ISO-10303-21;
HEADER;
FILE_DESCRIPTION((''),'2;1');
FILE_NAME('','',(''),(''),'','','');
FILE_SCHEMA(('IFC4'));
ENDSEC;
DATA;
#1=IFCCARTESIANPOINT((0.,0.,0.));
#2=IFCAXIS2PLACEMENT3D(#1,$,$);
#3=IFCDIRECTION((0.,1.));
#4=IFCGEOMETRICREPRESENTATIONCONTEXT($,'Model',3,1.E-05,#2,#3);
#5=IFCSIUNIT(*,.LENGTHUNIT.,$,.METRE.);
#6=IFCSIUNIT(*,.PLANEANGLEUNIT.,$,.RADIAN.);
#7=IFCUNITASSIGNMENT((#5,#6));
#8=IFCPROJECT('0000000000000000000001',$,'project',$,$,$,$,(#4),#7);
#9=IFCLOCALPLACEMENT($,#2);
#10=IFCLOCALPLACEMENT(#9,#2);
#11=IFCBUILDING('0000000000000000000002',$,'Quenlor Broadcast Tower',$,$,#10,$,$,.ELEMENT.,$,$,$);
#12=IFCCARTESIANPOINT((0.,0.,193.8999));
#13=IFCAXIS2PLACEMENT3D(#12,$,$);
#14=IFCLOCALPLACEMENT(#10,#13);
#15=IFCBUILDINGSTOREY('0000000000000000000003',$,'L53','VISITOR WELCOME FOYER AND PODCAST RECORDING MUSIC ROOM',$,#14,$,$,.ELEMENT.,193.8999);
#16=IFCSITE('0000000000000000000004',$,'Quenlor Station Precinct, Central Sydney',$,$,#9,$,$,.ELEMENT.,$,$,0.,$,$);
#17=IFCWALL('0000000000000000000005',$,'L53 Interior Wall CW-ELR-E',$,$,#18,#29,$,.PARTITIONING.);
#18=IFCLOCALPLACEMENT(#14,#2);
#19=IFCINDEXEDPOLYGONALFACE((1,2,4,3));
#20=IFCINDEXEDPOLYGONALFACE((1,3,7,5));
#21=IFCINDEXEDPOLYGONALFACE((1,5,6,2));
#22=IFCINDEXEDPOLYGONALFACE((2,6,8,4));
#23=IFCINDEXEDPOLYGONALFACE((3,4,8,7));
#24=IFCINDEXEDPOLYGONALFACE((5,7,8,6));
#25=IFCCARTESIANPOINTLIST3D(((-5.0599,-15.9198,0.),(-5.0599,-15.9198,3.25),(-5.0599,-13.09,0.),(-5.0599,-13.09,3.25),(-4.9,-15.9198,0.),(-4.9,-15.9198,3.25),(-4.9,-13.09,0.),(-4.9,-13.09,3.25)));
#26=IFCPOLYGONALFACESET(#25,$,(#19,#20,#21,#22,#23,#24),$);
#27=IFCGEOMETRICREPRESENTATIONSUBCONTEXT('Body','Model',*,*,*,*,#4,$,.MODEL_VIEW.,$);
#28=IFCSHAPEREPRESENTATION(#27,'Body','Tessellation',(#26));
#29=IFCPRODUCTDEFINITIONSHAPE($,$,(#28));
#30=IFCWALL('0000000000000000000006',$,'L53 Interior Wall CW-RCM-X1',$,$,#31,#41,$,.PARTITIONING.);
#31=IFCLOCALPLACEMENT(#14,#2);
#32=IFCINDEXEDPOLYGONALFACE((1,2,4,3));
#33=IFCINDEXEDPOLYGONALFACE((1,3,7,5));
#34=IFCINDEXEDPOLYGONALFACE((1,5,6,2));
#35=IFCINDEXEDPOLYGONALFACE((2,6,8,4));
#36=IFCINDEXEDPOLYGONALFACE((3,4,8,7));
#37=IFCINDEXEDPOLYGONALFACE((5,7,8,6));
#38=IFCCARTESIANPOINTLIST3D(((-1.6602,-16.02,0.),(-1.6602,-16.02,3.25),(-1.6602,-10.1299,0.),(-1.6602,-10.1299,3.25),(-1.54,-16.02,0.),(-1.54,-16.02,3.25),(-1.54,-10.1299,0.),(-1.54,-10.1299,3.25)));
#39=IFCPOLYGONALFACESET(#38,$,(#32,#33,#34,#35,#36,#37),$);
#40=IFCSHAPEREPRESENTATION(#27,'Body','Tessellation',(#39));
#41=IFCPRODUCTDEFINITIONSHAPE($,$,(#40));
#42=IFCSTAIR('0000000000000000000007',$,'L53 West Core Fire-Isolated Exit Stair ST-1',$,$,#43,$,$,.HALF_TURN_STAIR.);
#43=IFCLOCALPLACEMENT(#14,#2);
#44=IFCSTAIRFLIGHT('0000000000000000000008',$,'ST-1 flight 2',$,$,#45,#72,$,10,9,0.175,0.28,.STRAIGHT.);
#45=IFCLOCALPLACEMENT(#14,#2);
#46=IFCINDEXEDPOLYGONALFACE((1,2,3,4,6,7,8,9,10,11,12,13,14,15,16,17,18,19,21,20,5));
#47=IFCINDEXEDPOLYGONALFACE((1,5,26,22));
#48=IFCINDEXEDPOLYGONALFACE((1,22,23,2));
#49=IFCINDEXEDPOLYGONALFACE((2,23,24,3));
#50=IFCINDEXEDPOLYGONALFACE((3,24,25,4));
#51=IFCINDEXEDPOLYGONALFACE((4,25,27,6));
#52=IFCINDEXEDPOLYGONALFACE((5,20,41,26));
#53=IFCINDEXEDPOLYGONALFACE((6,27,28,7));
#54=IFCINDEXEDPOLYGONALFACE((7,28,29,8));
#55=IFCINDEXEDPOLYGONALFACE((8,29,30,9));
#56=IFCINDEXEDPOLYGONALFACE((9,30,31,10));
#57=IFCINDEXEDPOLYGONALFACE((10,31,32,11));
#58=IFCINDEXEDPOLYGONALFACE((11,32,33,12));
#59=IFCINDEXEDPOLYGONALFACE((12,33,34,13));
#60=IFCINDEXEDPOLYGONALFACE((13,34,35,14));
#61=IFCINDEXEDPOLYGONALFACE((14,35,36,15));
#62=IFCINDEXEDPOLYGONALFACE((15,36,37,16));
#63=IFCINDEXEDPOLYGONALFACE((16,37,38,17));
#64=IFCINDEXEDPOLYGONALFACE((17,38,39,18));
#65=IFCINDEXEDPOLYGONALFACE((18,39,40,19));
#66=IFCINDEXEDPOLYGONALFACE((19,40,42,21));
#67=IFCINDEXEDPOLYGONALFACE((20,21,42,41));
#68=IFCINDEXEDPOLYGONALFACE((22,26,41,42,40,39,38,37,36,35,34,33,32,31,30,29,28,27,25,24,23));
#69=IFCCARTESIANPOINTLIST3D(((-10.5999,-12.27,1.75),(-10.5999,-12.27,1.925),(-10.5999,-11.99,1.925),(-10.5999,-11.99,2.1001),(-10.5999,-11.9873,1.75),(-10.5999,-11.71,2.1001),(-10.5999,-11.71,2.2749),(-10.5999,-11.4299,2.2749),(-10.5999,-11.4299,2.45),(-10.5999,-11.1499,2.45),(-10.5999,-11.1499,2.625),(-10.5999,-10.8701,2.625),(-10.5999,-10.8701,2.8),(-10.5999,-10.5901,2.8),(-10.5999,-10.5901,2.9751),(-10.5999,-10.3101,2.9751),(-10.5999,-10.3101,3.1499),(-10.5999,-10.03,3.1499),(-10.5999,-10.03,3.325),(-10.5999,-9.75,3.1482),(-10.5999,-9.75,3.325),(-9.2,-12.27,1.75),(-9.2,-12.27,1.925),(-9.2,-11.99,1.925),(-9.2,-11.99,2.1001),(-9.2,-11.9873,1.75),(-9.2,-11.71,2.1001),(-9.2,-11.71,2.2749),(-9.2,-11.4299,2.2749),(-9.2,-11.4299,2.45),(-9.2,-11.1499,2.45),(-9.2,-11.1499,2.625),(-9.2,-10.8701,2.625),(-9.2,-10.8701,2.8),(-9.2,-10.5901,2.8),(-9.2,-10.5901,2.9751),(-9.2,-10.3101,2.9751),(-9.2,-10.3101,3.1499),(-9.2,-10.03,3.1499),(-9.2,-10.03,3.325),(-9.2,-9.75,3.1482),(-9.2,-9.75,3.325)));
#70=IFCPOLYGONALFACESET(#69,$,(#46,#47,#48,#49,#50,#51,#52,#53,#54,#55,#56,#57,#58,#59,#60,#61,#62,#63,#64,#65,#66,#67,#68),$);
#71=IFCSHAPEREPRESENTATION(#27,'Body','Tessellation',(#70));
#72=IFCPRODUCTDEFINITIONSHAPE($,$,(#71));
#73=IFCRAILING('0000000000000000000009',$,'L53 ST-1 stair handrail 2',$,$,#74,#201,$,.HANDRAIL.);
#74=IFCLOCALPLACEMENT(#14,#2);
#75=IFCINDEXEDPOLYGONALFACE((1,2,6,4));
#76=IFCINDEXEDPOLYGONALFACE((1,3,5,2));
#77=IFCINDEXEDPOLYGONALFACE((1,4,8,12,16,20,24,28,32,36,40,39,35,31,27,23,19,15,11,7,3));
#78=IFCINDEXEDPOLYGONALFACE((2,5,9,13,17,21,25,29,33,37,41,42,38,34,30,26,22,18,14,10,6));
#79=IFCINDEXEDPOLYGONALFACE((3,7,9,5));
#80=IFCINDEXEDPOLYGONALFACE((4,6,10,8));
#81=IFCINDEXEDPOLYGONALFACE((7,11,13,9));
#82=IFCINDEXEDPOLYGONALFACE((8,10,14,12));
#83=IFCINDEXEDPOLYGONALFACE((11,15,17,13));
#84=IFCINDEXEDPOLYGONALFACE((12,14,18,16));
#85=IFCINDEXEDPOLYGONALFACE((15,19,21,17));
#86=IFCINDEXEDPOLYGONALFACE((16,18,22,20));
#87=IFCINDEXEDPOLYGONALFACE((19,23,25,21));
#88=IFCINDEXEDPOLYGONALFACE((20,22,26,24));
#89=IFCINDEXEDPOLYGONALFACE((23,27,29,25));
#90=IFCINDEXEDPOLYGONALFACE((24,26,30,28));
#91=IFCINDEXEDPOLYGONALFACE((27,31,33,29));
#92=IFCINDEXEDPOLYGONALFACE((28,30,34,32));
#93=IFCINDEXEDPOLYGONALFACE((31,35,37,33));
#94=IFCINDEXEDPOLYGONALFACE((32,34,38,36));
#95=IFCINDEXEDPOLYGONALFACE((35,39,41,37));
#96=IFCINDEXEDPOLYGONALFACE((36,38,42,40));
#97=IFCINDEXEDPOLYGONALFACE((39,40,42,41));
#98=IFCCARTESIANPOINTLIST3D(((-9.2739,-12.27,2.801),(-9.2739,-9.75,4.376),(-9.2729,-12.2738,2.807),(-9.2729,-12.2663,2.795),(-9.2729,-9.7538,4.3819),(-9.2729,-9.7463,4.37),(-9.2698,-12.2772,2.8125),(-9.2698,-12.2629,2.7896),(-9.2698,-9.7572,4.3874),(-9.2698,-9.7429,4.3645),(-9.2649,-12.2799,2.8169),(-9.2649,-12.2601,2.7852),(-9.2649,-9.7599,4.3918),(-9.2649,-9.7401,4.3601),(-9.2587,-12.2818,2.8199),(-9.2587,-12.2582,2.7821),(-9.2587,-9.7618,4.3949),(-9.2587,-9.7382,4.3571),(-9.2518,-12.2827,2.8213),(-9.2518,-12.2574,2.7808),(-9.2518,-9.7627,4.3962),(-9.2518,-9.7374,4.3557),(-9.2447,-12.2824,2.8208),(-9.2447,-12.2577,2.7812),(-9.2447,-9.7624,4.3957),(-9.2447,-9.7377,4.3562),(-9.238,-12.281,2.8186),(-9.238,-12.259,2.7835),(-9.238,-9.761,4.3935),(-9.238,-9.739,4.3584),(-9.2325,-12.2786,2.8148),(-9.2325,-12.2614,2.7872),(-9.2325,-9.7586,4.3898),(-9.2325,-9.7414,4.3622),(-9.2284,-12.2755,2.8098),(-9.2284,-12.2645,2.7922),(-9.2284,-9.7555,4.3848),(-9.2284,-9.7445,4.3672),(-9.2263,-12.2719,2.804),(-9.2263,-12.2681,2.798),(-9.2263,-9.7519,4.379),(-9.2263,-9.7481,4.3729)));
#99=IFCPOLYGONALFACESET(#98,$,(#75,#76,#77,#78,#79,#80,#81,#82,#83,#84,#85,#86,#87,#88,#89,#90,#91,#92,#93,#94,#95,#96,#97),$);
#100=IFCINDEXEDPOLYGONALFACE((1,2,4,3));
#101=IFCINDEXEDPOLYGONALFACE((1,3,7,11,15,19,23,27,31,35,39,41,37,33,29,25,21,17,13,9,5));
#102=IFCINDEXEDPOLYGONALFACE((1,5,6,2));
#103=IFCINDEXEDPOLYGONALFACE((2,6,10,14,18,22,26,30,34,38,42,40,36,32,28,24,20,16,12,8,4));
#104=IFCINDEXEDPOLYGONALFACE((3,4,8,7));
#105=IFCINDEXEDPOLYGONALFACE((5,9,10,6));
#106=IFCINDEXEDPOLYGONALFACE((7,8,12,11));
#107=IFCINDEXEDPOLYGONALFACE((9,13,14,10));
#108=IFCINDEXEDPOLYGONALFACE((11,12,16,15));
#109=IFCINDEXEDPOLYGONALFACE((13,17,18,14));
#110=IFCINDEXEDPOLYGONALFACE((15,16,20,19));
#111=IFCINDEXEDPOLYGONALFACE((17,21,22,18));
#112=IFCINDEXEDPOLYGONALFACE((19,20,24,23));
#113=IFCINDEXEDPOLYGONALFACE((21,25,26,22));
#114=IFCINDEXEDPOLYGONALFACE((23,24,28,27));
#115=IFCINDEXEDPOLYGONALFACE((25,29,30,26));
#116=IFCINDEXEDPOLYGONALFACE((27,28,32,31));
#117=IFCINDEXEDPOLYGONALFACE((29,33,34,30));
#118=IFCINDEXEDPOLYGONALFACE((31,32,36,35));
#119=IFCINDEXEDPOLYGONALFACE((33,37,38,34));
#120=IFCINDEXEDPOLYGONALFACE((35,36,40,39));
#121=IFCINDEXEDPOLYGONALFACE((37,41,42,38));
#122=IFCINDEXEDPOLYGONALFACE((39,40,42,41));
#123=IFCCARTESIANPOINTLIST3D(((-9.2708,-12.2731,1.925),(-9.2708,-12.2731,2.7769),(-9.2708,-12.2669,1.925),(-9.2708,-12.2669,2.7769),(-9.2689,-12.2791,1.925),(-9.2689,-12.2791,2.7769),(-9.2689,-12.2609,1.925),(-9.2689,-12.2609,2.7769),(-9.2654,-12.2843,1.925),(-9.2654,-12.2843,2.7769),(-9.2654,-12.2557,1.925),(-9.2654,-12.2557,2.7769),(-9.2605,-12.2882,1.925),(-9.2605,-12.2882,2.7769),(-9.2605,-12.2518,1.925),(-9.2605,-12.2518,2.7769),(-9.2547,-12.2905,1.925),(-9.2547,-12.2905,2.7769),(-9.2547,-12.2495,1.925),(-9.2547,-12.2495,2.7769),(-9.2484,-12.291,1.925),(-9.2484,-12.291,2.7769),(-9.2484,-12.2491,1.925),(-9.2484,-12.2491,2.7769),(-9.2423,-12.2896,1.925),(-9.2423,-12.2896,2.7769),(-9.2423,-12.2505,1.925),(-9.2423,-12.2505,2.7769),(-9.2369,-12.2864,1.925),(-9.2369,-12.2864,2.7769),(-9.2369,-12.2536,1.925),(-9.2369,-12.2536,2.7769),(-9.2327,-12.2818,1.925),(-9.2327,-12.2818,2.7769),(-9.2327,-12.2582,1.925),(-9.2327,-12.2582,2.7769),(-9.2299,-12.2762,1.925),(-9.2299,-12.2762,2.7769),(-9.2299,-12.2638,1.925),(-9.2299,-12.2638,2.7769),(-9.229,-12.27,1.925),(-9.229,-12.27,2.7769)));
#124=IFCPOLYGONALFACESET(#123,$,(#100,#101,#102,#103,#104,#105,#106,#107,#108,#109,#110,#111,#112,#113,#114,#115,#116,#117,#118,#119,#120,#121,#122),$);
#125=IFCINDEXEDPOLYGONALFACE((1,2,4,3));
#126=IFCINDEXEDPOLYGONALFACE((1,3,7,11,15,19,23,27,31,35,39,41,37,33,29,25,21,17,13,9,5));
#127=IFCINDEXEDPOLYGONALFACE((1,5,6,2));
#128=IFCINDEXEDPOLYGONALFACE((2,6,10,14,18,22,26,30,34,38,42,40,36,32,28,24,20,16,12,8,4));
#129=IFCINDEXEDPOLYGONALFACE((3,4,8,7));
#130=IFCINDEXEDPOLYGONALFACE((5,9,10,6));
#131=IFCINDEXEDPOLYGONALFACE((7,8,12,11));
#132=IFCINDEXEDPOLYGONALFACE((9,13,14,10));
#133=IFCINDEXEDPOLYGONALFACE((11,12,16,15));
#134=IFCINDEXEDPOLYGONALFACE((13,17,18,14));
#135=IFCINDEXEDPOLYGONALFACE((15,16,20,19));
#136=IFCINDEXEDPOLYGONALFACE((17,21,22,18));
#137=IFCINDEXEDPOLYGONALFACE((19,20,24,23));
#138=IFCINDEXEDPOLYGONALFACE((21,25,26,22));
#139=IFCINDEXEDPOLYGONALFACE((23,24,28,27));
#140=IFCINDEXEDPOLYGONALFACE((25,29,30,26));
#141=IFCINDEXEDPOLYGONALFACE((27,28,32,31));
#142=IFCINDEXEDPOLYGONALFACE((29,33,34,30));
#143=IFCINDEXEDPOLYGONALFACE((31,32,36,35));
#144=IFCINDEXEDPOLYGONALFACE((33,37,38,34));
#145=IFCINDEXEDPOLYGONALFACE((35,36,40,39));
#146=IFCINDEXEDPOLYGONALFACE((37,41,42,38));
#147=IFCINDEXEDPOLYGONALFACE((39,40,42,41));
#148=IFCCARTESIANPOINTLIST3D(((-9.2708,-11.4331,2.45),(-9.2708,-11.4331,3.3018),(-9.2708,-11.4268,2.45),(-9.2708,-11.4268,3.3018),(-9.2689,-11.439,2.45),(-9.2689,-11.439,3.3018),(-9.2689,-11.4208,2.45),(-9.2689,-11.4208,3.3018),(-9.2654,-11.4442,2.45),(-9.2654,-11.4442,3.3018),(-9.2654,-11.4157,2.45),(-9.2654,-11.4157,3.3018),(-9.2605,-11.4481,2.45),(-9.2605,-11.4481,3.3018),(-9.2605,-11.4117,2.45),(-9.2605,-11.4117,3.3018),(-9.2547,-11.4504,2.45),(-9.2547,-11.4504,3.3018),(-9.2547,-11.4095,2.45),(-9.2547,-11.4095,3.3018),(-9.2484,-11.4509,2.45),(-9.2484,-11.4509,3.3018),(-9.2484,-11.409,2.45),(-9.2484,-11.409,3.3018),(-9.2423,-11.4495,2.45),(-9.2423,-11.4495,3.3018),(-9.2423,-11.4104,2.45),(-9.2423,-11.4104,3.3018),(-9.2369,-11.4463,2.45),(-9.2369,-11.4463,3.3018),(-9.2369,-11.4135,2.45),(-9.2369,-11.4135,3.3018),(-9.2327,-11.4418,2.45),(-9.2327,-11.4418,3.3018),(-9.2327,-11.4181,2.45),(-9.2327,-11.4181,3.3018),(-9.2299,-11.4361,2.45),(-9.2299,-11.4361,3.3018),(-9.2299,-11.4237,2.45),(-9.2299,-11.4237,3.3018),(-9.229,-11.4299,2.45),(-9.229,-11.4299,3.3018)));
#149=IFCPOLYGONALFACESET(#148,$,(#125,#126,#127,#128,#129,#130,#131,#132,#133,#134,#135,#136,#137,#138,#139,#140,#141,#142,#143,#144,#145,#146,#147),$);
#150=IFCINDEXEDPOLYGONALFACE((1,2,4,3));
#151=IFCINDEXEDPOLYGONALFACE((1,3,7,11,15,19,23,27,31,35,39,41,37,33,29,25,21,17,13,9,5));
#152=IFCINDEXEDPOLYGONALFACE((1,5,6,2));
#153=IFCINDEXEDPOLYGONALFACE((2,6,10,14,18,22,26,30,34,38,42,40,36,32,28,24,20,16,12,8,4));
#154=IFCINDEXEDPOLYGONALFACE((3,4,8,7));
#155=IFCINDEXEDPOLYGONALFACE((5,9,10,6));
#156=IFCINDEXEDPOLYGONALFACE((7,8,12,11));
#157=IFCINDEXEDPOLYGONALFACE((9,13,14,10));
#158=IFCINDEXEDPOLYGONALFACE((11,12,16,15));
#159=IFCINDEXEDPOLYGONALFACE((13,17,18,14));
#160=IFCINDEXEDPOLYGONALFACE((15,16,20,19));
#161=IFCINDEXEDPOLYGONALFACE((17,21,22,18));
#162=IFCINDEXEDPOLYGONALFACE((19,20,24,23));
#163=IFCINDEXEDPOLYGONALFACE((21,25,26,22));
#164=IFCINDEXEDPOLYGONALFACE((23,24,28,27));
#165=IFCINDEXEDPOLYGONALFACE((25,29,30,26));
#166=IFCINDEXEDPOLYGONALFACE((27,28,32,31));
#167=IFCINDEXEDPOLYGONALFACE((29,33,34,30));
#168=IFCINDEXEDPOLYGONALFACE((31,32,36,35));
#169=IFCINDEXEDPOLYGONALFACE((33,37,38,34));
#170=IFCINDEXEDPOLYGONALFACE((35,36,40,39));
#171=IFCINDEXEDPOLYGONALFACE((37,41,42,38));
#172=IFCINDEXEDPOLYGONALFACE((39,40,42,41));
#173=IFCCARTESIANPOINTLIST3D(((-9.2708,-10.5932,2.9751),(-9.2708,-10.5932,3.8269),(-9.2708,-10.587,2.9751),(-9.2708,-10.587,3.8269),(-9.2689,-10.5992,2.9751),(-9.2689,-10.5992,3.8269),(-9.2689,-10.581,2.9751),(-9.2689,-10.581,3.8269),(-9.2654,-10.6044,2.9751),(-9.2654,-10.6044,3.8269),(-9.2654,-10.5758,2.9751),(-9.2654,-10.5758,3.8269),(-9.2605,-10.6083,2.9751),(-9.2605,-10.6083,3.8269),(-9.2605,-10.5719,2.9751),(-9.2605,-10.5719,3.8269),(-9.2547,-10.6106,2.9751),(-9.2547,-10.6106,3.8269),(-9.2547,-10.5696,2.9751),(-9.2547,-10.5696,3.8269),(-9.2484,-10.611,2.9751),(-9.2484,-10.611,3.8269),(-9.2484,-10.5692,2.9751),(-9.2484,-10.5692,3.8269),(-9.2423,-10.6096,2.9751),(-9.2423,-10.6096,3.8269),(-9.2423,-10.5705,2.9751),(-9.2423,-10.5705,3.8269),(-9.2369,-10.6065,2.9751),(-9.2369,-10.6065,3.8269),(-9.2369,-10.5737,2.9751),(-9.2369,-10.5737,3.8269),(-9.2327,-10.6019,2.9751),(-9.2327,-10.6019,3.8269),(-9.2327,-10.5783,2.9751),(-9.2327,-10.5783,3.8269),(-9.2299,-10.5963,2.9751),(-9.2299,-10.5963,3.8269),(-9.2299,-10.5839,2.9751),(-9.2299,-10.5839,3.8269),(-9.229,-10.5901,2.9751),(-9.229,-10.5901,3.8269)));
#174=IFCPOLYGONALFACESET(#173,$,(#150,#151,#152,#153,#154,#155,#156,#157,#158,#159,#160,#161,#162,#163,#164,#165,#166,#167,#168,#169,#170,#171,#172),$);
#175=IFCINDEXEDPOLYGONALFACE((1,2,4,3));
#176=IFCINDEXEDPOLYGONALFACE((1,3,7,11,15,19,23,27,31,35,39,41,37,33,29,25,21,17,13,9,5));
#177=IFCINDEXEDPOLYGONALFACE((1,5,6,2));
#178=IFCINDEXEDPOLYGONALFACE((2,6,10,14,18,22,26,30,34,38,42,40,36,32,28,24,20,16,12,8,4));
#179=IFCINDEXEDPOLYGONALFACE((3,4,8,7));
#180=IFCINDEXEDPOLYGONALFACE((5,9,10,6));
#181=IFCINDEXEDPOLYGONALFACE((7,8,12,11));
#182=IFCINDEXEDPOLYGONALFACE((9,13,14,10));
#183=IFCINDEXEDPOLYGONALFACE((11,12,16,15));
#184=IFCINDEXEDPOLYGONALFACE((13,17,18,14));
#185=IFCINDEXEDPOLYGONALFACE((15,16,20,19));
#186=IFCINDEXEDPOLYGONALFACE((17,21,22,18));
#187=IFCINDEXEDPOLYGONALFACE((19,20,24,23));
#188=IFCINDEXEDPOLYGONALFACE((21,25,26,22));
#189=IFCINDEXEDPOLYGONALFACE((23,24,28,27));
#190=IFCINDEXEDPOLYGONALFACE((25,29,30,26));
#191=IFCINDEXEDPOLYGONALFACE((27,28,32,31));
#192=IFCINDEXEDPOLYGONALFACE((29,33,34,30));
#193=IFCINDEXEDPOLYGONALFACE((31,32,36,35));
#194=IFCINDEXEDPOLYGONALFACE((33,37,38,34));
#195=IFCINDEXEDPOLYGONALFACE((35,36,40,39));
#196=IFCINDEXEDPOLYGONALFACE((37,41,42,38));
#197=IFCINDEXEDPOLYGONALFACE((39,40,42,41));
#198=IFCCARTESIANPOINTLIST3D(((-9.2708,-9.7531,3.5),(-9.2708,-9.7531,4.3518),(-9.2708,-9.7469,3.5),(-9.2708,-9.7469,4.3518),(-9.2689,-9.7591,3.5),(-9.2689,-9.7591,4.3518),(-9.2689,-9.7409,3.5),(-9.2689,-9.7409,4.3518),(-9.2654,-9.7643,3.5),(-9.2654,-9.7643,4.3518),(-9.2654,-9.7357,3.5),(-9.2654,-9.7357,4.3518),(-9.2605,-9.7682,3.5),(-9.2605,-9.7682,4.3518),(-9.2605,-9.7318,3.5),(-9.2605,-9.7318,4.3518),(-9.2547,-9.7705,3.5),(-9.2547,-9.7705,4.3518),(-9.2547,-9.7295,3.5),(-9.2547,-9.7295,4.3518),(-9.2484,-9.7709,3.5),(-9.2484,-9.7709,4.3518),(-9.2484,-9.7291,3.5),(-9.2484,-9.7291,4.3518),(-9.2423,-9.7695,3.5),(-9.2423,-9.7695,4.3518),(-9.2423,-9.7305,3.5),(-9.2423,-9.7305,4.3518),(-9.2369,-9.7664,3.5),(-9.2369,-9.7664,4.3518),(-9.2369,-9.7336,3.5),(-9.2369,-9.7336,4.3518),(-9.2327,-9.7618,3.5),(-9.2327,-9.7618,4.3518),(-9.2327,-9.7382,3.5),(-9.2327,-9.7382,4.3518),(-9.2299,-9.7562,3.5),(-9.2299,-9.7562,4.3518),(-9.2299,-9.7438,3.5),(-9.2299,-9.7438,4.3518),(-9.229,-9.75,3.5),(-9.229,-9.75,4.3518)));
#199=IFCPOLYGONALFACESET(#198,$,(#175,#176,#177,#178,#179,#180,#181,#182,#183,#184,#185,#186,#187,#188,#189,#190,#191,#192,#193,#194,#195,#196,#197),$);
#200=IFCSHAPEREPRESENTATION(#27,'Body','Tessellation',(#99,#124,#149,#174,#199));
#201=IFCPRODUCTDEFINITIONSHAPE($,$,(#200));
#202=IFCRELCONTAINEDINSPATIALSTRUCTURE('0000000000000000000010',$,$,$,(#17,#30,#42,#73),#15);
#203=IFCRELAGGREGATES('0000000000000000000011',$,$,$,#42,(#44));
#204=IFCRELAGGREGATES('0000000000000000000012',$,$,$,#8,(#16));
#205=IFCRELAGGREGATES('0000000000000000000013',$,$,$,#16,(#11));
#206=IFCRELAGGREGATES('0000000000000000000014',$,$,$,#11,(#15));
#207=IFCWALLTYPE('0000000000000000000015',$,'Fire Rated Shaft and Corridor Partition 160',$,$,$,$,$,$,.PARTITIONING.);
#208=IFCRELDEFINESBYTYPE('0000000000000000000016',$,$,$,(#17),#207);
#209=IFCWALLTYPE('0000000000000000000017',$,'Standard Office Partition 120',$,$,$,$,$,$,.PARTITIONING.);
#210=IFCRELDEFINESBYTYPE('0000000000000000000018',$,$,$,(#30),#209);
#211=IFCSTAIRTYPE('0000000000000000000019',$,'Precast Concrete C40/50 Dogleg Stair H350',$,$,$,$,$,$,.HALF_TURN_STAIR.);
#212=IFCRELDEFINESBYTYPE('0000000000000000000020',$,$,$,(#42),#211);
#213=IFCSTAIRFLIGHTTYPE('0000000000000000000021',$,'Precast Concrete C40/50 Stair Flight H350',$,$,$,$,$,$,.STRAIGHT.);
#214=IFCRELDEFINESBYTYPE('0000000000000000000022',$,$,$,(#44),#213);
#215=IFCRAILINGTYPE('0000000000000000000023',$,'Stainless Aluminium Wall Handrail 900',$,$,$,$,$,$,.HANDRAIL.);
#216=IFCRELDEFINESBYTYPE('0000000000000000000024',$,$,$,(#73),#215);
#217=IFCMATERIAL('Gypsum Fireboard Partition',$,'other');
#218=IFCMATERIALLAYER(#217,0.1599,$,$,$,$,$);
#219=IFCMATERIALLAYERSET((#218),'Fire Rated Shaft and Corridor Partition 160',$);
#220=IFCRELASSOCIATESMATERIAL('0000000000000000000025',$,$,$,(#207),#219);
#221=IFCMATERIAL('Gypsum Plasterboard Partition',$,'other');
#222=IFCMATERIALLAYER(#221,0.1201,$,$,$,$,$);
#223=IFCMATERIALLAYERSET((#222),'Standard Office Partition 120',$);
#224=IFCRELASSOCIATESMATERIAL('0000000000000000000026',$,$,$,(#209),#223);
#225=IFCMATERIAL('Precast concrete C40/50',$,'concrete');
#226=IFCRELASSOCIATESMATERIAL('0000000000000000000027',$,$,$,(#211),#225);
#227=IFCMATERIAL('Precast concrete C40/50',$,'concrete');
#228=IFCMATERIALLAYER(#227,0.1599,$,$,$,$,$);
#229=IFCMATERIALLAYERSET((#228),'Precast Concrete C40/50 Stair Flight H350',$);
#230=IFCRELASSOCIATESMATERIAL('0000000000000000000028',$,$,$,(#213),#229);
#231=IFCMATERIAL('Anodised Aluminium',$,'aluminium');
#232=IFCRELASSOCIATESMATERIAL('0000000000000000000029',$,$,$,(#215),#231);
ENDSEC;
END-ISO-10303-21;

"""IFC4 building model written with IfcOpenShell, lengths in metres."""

from ifc_helpers import new_model, si_unit, direction, frame, frame_2d, origin, origin_2d, place, context, subcontext, project, spatial, polyline, rectangle, circle, outline, extrude, material, layer, layer_set, type_object, element, aggregate, save


model = new_model("IFC4")

# Units and contexts
model_context = context("Model", 3, precision=1e-05, world=origin(), true_north=direction((0.0, 1.0)))
body_context = subcontext(model_context, "Body", "Model", "MODEL_VIEW")
ifc_project = project(units=[si_unit("LENGTHUNIT", "METRE"), si_unit("PLANEANGLEUNIT", "RADIAN")], contexts=[model_context])

# Site, building, storey
site_placement = place(None, origin())
site = spatial("IfcSite", under=ifc_project, at=site_placement, Name="Quenlor Station Precinct, Central Sydney", CompositionType="ELEMENT", RefElevation=0.0)
building_placement = place(site_placement, origin())
building = spatial("IfcBuilding", under=site, at=building_placement, Name="Quenlor Broadcast Tower", CompositionType="ELEMENT")
storey_placement = place(building_placement, frame((0.0, 0.0, 193.8999)))
storey = spatial("IfcBuildingStorey", under=building, at=storey_placement, Name="L53", Description="VISITOR WELCOME FOYER AND PODCAST RECORDING MUSIC ROOM", CompositionType="ELEMENT", Elevation=193.8999)

# Walls
ifc_material_1 = material(Name="Gypsum Fireboard Partition", Category="other")
ifc_layer_1 = layer(ifc_material_1, 0.1599)
ifc_layer_set_1 = layer_set([ifc_layer_1], Name="Fire Rated Shaft and Corridor Partition 160")
wall_type_1 = type_object("IfcWallType", Name="Fire Rated Shaft and Corridor Partition 160", PredefinedType="PARTITIONING", material=ifc_layer_set_1)
wall_1_placement = place(storey_placement, frame((-4.98, -15.9199, 0.0), z_axis=(0.0, 0.0, 1.0), x_axis=(0.0, 1.0, 0.0)))
element("IfcWall", 1, at=wall_1_placement, inside=storey, type_object=wall_type_1, Name="L53 Interior Wall CW-ELR-E", PredefinedType="PARTITIONING", context=body_context, shape_type="SweptSolid", body=[
    extrude(rectangle(XDim=2.8298, YDim=0.1599, at=frame_2d((1.415, 0.0))), origin(), (0.0, 0.0, 1.0), 3.25),
])
ifc_material_2 = material(Name="Gypsum Plasterboard Partition", Category="other")
ifc_layer_2 = layer(ifc_material_2, 0.1201)
ifc_layer_set_2 = layer_set([ifc_layer_2], Name="Standard Office Partition 120")
wall_type_2 = type_object("IfcWallType", Name="Standard Office Partition 120", PredefinedType="PARTITIONING", material=ifc_layer_set_2)
wall_2_placement = place(storey_placement, frame((-1.6001, -16.02, 0.0), z_axis=(0.0, 0.0, 1.0), x_axis=(0.0, 1.0, 0.0)))
element("IfcWall", 2, at=wall_2_placement, inside=storey, type_object=wall_type_2, Name="L53 Interior Wall CW-RCM-X1", PredefinedType="PARTITIONING", context=body_context, shape_type="SweptSolid", body=[
    extrude(rectangle(XDim=5.8901, YDim=0.1201, at=frame_2d((2.9451, 0.0))), origin(), (0.0, 0.0, 1.0), 3.25),
])

# Stair, stair flight
ifc_material_3 = material(Name="Precast concrete C40/50", Category="concrete")
stair_type = type_object("IfcStairType", Name="Precast Concrete C40/50 Dogleg Stair H350", PredefinedType="HALF_TURN_STAIR", material=ifc_material_3)
stair_placement = place(storey_placement, origin())
stair = element("IfcStair", 3, at=stair_placement, inside=storey, type_object=stair_type, Name="L53 West Core Fire-Isolated Exit Stair ST-1", PredefinedType="HALF_TURN_STAIR")
ifc_material_4 = material(Name="Precast concrete C40/50", Category="concrete")
ifc_layer_3 = layer(ifc_material_4, 0.1599)
ifc_layer_set_3 = layer_set([ifc_layer_3], Name="Precast Concrete C40/50 Stair Flight H350")
stair_flight_type = type_object("IfcStairFlightType", Name="Precast Concrete C40/50 Stair Flight H350", PredefinedType="STRAIGHT", material=ifc_layer_set_3)
stair_flight_placement = place(storey_placement, frame((-9.8999, -12.27, 1.75), z_axis=(0.0, 0.0, 1.0), x_axis=(0.0, 1.0, 0.0)))
stair_flight = element("IfcStairFlight", 4, at=stair_flight_placement, type_object=stair_flight_type, Name="ST-1 flight 2", NumberOfRisers=10, NumberOfTreads=9, PredefinedType="STRAIGHT", RiserHeight=0.175, TreadLength=0.28, context=body_context, shape_type="SweptSolid", body=[
    extrude(outline(polyline([(0.0, 0.0), (0.0, 0.175), (0.28, 0.175), (0.28, 0.3501), (0.5601, 0.3501), (0.5601, 0.5249), (0.8401, 0.5249), (0.8401, 0.7), (1.1201, 0.7), (1.1201, 0.875), (1.3999, 0.875), (1.3999, 1.05), (1.6799, 1.05), (1.6799, 1.2251), (1.96, 1.2251), (1.96, 1.3999), (2.24, 1.3999), (2.24, 1.575), (2.52, 1.575), (2.52, 1.75), (2.52, 1.3982), (0.2827, 0.0), (0.0, 0.0)])), frame((0.0, 0.7, 0.0), z_axis=(0.0, -1.0, 0.0), x_axis=(1.0, 0.0, 0.0)), (0.0, 0.0, 1.0), 1.3999),
])
aggregate(stair, [stair_flight])

# Railing
ifc_material_5 = material(Name="Anodised Aluminium", Category="aluminium")
railing_type_1 = type_object("IfcRailingType", Name="Stainless Aluminium Wall Handrail 900", PredefinedType="HANDRAIL", material=ifc_material_5)
railing_1_placement = place(storey_placement, frame((-9.25, -12.27, 1.925)))
element("IfcRailing", 5, at=railing_1_placement, inside=storey, type_object=railing_type_1, Name="L53 ST-1 stair handrail 2", PredefinedType="HANDRAIL", context=body_context, shape_type="SweptSolid", body=[
    extrude(circle(Radius=0.0239, at=origin_2d()), frame((0.0, 0.0, 0.876), z_axis=(0.0, 0.848008, 0.529984), x_axis=(-1.0, 0.0, 0.0)), (0.0, 0.0, 1.0), 2.9717),
    extrude(circle(Radius=0.021, at=origin_2d()), origin(), (0.0, 0.0, 1.0), 0.8518),
    extrude(circle(Radius=0.021, at=origin_2d()), frame((0.0, 0.8401, 0.5249)), (0.0, 0.0, 1.0), 0.8518),
    extrude(circle(Radius=0.021, at=origin_2d()), frame((0.0, 1.6799, 1.05)), (0.0, 0.0, 1.0), 0.8518),
    extrude(circle(Radius=0.021, at=origin_2d()), frame((0.0, 2.52, 1.575)), (0.0, 0.0, 1.0), 0.8518),
])

save(model, "model.ifc")
